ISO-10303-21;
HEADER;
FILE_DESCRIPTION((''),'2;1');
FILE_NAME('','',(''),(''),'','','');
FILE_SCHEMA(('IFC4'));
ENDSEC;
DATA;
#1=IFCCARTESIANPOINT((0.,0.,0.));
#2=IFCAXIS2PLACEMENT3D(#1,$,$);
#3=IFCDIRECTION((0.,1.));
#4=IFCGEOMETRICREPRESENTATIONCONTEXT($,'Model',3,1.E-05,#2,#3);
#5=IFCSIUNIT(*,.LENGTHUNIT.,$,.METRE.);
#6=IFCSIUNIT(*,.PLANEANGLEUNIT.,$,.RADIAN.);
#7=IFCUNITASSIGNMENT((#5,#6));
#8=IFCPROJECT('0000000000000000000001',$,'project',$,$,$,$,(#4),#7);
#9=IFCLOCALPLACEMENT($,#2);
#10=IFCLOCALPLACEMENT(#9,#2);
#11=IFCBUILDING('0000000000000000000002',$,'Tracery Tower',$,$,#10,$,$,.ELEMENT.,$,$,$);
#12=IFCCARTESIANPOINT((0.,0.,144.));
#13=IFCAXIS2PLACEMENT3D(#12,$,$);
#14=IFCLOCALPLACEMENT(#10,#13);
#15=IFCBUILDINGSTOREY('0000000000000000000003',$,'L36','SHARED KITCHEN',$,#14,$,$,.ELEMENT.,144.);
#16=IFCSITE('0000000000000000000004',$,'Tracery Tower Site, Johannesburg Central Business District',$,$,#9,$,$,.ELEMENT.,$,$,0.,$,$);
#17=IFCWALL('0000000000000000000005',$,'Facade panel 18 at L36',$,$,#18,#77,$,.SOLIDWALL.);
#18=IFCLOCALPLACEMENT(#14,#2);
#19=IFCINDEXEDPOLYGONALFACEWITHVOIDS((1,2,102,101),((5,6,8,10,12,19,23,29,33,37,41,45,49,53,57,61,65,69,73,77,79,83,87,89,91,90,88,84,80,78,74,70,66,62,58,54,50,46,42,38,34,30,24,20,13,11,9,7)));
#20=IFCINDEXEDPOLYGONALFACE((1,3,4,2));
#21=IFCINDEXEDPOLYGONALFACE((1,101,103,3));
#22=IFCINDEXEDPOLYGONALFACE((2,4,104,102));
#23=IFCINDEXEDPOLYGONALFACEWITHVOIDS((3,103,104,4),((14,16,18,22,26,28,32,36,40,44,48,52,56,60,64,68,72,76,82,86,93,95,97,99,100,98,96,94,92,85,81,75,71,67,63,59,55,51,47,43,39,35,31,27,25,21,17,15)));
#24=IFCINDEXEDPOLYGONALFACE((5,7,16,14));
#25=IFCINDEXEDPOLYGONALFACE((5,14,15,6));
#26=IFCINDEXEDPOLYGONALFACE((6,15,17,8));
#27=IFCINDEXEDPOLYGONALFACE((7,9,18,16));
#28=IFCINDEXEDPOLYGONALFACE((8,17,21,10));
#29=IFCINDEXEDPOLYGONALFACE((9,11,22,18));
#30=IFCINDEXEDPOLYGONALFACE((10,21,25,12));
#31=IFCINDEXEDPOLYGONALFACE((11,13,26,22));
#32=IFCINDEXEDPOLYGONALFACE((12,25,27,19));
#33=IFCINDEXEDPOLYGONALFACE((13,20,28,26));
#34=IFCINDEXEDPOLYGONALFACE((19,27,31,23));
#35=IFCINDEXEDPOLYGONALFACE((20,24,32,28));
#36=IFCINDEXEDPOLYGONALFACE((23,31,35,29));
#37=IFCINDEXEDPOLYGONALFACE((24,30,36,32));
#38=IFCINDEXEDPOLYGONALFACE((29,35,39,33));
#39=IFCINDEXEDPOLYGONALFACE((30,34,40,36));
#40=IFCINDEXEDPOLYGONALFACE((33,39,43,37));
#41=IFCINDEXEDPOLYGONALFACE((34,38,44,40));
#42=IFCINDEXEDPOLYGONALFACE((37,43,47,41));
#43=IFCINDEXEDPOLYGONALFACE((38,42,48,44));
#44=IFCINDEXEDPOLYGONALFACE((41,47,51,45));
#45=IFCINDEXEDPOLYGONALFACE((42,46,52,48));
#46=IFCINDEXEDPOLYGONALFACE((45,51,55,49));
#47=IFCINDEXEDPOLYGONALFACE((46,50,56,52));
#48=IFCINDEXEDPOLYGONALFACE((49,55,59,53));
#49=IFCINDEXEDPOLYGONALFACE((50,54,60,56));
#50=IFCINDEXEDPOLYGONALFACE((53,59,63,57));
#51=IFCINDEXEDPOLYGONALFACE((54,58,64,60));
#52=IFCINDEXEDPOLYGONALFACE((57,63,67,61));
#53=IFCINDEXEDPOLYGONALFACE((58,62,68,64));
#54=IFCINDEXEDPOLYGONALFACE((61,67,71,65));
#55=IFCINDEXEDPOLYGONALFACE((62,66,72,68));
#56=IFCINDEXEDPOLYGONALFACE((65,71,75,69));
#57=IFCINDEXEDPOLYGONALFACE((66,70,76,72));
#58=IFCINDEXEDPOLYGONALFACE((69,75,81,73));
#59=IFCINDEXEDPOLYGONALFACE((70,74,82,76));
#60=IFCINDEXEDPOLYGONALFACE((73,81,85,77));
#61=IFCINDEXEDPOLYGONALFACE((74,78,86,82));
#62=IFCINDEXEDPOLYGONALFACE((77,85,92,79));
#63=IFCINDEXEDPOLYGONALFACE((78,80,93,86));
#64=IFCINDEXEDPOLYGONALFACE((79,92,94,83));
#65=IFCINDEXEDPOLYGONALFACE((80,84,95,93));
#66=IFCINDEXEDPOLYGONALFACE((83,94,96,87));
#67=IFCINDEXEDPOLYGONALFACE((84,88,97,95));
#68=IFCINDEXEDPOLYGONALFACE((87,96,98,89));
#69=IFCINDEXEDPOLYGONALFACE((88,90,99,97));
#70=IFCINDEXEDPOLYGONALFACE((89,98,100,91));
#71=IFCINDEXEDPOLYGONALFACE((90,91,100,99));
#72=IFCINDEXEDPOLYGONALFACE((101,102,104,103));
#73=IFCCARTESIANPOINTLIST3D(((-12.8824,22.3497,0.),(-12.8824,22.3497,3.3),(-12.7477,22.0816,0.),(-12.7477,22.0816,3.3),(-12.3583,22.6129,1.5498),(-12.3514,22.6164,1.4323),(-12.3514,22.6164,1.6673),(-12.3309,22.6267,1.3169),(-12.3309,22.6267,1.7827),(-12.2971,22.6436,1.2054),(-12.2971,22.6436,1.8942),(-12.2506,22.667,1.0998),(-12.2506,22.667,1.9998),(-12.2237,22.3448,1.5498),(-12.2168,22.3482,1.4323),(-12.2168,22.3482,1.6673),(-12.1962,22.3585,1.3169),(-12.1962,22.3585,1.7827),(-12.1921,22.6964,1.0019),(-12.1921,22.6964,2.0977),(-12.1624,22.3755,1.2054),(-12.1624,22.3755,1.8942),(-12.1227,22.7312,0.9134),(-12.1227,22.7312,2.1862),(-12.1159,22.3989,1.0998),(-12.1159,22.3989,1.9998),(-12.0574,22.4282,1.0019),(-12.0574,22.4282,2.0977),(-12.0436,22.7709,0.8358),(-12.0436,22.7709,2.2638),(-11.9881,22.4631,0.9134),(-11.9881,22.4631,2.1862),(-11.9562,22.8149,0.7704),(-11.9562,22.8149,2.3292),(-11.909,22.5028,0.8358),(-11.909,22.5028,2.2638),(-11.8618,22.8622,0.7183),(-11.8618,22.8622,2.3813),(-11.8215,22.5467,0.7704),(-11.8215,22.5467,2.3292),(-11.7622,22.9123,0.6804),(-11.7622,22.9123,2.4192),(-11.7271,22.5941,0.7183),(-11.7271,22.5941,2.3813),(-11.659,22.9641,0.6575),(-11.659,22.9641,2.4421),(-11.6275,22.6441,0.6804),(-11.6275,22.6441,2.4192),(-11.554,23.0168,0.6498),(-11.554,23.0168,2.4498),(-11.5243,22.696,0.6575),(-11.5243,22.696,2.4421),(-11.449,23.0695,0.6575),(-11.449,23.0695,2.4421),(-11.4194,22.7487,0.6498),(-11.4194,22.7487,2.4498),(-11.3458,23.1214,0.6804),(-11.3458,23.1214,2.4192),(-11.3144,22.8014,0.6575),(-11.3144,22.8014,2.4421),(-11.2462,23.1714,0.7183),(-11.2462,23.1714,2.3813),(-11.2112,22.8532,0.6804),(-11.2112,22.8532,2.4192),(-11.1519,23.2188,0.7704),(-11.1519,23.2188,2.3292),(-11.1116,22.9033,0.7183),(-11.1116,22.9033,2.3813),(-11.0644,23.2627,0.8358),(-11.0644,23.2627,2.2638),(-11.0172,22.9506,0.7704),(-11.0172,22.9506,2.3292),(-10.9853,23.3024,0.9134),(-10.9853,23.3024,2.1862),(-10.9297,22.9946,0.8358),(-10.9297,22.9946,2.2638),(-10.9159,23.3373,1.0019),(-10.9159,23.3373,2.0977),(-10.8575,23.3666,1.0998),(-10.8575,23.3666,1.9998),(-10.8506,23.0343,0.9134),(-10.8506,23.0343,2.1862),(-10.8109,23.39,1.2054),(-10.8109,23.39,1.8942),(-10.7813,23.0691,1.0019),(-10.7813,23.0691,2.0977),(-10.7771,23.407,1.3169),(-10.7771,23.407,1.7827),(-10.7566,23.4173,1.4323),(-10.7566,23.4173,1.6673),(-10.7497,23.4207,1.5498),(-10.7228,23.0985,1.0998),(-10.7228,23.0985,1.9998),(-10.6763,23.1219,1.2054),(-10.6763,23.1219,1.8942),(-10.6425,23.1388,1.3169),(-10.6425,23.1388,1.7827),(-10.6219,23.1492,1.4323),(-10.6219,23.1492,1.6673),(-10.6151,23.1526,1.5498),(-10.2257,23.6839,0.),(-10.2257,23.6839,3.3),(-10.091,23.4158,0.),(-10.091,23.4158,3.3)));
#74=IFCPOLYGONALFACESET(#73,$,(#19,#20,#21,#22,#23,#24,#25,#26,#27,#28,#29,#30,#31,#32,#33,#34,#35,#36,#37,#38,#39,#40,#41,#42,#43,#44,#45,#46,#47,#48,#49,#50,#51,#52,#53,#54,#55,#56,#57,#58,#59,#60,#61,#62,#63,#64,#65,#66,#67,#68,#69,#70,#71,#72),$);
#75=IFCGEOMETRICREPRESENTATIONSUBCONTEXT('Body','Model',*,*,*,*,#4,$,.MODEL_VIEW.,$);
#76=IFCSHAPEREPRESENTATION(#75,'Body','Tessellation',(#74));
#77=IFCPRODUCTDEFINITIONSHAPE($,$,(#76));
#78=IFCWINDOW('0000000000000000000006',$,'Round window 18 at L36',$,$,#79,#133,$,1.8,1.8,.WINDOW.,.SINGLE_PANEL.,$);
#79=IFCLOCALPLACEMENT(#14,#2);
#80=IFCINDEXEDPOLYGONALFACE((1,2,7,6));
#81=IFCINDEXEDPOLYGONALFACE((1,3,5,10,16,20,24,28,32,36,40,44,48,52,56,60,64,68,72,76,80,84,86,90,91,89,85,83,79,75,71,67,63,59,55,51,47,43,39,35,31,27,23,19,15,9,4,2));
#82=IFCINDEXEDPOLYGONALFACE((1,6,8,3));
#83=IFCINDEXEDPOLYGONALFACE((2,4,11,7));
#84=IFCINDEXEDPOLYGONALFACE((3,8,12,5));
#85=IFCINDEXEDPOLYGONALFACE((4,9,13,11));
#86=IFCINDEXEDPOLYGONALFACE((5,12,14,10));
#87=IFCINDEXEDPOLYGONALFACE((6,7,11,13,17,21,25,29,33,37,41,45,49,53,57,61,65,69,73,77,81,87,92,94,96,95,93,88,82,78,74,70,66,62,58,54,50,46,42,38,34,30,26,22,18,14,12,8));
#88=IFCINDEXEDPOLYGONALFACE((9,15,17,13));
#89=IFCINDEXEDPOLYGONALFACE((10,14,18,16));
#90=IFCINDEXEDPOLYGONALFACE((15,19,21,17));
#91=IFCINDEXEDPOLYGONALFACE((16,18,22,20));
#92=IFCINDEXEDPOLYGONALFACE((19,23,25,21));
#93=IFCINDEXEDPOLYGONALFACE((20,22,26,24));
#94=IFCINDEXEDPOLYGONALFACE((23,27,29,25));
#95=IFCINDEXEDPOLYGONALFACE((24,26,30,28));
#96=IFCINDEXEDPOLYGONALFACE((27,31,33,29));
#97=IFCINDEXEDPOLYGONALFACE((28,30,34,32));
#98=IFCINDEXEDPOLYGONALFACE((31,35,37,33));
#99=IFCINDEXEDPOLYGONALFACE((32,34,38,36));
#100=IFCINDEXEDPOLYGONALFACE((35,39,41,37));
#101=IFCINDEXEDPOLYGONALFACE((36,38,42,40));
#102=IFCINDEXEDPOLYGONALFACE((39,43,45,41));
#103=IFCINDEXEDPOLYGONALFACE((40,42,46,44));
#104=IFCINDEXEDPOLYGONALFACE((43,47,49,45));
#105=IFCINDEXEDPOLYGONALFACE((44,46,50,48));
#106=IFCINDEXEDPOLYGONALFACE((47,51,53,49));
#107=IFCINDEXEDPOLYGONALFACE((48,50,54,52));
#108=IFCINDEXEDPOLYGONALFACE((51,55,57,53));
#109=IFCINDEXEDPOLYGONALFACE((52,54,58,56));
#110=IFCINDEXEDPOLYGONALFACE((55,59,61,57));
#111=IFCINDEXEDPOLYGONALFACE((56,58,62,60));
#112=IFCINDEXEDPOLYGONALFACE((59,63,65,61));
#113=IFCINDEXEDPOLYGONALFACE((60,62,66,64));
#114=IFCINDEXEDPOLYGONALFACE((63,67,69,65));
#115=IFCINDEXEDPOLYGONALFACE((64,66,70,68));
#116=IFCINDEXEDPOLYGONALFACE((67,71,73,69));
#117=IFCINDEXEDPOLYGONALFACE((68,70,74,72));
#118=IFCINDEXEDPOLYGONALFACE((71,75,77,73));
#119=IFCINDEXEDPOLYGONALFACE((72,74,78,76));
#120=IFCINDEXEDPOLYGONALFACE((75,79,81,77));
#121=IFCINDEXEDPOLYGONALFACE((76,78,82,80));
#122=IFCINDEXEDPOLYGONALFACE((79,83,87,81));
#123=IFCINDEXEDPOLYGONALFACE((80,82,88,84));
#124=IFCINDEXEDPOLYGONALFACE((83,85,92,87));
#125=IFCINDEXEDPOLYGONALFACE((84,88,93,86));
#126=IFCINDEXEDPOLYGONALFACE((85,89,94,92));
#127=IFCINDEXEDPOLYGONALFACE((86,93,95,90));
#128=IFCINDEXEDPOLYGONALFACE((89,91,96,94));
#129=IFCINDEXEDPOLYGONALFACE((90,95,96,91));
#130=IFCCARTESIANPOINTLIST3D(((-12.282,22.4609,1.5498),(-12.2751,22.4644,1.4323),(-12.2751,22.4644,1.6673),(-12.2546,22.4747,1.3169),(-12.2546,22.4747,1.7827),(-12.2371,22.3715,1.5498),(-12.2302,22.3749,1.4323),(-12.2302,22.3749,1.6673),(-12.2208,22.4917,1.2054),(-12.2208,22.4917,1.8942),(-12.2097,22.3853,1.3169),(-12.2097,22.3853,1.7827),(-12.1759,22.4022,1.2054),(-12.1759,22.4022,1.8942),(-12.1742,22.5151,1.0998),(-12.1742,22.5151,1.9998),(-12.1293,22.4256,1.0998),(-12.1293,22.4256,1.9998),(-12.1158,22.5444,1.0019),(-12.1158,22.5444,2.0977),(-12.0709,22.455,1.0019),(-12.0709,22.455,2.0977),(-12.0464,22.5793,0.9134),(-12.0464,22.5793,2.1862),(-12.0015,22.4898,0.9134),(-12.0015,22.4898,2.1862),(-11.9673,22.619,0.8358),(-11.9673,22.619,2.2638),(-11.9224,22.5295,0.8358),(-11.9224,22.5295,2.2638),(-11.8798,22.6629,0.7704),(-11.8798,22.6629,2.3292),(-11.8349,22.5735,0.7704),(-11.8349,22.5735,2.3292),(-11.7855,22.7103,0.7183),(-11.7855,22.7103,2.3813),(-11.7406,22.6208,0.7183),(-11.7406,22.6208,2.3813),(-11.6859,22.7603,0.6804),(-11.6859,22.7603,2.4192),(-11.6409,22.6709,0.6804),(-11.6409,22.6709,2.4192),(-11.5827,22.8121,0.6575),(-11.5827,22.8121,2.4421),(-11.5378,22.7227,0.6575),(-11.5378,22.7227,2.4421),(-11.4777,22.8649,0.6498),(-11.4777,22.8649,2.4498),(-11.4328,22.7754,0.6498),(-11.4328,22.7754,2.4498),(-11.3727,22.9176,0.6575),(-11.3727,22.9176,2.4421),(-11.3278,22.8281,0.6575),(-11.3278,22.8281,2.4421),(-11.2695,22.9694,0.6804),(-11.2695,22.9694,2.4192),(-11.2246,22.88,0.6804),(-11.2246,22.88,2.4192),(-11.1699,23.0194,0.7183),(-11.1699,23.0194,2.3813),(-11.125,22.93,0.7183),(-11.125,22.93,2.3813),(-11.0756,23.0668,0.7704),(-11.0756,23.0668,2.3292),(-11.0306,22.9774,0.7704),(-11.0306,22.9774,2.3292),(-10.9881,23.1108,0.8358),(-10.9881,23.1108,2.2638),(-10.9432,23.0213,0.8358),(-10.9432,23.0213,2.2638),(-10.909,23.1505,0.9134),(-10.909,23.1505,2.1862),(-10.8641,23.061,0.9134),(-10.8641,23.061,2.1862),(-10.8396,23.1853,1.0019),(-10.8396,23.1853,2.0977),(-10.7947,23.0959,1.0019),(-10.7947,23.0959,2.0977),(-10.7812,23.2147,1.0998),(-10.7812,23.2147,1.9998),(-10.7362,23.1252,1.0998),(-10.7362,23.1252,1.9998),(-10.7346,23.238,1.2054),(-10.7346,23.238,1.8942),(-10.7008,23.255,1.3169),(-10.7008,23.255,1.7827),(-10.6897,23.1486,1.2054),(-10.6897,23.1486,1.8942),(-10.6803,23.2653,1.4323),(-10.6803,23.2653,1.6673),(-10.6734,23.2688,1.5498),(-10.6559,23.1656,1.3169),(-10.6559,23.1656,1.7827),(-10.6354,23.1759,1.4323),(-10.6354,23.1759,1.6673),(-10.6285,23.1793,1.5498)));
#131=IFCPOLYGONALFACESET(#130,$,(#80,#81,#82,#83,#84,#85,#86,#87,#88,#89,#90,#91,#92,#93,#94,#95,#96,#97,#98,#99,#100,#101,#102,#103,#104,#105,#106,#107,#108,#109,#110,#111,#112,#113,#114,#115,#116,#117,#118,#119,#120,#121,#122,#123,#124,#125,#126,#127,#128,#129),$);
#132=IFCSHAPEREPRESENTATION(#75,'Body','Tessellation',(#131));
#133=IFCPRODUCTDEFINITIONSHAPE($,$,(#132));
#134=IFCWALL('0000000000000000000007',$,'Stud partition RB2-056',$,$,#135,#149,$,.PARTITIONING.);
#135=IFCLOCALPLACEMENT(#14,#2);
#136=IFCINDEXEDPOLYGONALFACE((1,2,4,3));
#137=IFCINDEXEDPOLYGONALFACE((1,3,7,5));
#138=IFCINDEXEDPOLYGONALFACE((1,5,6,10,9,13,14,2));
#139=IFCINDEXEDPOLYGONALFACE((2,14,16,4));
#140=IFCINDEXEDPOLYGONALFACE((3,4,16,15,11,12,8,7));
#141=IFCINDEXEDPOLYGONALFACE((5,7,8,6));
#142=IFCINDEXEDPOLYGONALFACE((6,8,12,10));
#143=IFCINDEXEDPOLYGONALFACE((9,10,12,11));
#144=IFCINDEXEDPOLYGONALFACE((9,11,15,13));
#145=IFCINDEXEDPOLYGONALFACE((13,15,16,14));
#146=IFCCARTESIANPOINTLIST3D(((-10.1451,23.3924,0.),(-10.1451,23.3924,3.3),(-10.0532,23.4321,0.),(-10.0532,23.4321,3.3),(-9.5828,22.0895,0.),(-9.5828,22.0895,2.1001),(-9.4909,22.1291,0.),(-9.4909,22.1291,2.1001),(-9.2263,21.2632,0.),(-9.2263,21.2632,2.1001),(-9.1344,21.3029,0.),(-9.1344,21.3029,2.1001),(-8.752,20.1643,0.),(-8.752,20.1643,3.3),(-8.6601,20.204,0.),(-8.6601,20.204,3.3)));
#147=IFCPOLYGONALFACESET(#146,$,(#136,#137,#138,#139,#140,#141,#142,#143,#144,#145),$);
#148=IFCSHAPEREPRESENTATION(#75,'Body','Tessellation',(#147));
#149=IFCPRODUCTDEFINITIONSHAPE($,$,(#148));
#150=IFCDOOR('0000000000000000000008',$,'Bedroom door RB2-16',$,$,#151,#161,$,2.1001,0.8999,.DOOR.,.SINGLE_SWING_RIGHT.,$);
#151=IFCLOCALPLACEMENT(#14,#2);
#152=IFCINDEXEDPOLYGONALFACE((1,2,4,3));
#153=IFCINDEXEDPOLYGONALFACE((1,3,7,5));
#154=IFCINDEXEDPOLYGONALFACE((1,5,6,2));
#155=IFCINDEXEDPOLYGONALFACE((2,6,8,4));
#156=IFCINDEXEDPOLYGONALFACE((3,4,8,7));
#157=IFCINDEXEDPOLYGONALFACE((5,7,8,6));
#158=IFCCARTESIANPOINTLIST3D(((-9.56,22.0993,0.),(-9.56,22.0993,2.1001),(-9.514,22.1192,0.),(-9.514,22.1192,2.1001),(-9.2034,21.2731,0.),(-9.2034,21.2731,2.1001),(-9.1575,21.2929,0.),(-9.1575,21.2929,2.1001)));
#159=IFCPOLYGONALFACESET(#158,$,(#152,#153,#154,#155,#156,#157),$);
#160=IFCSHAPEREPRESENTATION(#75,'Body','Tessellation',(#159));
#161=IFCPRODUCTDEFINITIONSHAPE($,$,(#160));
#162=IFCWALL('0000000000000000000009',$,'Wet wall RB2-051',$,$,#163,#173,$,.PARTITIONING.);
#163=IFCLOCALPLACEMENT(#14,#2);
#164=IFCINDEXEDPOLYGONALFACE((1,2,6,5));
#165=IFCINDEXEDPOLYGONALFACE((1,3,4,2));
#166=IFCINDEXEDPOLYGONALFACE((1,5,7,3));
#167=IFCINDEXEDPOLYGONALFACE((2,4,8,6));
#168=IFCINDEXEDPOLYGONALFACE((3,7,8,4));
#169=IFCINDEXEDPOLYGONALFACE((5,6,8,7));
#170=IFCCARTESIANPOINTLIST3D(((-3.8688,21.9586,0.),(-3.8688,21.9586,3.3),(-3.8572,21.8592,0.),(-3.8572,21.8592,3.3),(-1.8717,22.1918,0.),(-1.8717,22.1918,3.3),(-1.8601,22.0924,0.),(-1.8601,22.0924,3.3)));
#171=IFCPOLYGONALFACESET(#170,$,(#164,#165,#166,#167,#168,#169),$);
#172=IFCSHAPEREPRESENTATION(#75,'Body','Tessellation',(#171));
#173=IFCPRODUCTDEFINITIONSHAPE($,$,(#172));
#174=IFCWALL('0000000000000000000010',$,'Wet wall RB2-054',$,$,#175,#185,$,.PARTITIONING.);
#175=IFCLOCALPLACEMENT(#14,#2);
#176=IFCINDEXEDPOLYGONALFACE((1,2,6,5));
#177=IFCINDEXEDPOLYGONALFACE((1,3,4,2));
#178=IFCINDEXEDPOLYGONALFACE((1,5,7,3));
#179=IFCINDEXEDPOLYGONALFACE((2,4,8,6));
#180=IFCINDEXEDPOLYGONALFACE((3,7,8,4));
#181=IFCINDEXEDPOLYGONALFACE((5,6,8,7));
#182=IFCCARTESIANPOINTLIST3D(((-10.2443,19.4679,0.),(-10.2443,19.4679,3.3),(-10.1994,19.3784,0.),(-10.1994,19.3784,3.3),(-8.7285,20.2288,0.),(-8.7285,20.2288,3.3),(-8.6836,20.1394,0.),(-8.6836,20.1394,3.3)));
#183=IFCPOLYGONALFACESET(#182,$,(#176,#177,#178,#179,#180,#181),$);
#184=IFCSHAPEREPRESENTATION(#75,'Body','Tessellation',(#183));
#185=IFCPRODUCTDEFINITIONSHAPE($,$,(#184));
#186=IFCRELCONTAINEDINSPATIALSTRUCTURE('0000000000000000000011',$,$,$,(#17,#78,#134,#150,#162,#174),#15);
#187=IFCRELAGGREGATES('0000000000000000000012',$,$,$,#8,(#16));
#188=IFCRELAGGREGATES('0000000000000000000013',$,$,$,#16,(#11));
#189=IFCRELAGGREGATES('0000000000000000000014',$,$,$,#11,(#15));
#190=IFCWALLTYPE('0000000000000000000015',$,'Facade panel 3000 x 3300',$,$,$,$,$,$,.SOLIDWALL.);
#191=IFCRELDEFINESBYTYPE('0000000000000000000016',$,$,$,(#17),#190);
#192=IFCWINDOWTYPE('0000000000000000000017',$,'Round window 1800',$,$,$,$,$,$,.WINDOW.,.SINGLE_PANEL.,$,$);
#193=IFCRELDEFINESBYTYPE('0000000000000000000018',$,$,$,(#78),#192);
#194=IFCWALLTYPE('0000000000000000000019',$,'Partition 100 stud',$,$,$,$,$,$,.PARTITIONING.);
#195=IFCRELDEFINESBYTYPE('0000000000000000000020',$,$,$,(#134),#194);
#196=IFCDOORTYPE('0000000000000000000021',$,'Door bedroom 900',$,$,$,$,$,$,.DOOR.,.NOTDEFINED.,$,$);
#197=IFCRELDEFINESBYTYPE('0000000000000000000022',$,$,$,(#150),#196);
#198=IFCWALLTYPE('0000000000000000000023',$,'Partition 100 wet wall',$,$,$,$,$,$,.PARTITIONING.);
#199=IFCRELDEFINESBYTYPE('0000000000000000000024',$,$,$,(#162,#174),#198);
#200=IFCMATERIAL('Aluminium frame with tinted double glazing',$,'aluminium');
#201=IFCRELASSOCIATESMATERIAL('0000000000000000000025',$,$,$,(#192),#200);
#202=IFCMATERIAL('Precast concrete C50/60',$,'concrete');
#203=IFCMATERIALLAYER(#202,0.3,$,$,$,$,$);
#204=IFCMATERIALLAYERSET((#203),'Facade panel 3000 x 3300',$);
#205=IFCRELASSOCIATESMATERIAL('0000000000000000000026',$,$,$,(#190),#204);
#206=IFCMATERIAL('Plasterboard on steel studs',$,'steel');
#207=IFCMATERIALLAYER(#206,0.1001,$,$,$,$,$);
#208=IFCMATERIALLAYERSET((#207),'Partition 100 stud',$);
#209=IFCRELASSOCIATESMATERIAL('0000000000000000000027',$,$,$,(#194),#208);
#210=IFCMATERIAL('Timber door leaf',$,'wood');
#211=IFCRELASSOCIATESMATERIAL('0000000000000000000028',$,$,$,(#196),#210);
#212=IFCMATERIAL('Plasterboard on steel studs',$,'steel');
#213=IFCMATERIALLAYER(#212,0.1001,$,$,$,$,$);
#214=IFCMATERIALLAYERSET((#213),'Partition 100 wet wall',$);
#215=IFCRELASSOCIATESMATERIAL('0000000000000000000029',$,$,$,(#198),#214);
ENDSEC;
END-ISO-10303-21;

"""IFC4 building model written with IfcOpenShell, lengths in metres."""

from ifc_helpers import new_model, si_unit, direction, frame, frame_2d, origin, origin_2d, place, context, subcontext, project, spatial, rectangle, circle, extrude, material, layer, layer_set, type_object, element, fill, save


model = new_model("IFC4")

# Units and contexts
model_context = context("Model", 3, precision=1e-05, world=origin(), true_north=direction((0.0, 1.0)))
body_context = subcontext(model_context, "Body", "Model", "MODEL_VIEW")
ifc_project = project(units=[si_unit("LENGTHUNIT", "METRE"), si_unit("PLANEANGLEUNIT", "RADIAN")], contexts=[model_context])

# Site, building, storey
site_placement = place(None, origin())
site = spatial("IfcSite", under=ifc_project, at=site_placement, Name="Tracery Tower Site, Johannesburg Central Business District", CompositionType="ELEMENT", RefElevation=0.0)
building_placement = place(site_placement, origin())
building = spatial("IfcBuilding", under=site, at=building_placement, Name="Tracery Tower", CompositionType="ELEMENT")
storey_placement = place(building_placement, frame((0.0, 0.0, 144.0)))
storey = spatial("IfcBuildingStorey", under=building, at=storey_placement, Name="L36", Description="SHARED KITCHEN", CompositionType="ELEMENT", Elevation=144.0)

# Wall, opening, window
ifc_material_1 = material(Name="Aluminium frame with tinted double glazing", Category="aluminium")
window_type = type_object("IfcWindowType", Name="Round window 1800", PartitioningType="SINGLE_PANEL", PredefinedType="WINDOW", material=ifc_material_1)
ifc_material_2 = material(Name="Precast concrete C50/60", Category="concrete")
ifc_layer_1 = layer(ifc_material_2, 0.3)
ifc_layer_set_1 = layer_set([ifc_layer_1], Name="Facade panel 3000 x 3300")
wall_type_1 = type_object("IfcWallType", Name="Facade panel 3000 x 3300", PredefinedType="SOLIDWALL", material=ifc_layer_set_1)
wall_1_placement = place(storey_placement, frame((-10.1584, 23.5498, 0.0), z_axis=(0.0, 0.0, 1.0), x_axis=(-0.893637, -0.44879, 0.0)))
wall_1 = element("IfcWall", 1, at=wall_1_placement, inside=storey, type_object=wall_type_1, Name="Facade panel 18 at L36", PredefinedType="SOLIDWALL", context=body_context, shape_type="SweptSolid", body=[
    extrude(rectangle(XDim=2.9729, YDim=0.3, at=frame_2d((1.4863, 0.0))), origin(), (0.0, 0.0, 1.0), 3.3),
])
opening_1_placement = place(wall_1_placement, frame((1.4863, 0.0, 1.5498)))
opening_1 = element("IfcOpeningElement", 2, at=opening_1_placement, cuts=wall_1, PredefinedType="OPENING", context=body_context, shape_type="SweptSolid", body=[
    extrude(circle(Radius=0.9, at=origin_2d()), frame((0.0, 0.1599, 0.0), z_axis=(0.0, -1.0, 0.0), x_axis=(1.0, 0.0, 0.0)), (0.0, 0.0, 1.0), 0.3201),
])
window_1_placement = place(opening_1_placement, origin())
window_1 = element("IfcWindow", 3, at=window_1_placement, inside=storey, type_object=window_type, Name="Round window 18 at L36", OverallHeight=1.8, OverallWidth=1.8, PartitioningType="SINGLE_PANEL", PredefinedType="WINDOW", context=body_context, shape_type="SweptSolid", body=[
    extrude(circle(Radius=0.9, at=origin_2d()), frame((0.0, 0.1201, 0.0), z_axis=(0.0, -1.0, 0.0), x_axis=(1.0, 0.0, 0.0)), (0.0, 0.0, 1.0), 0.1001),
])
fill(opening_1, window_1)

# Wall, opening, door
ifc_material_3 = material(Name="Plasterboard on steel studs", Category="steel")
ifc_layer_2 = layer(ifc_material_3, 0.1001)
ifc_layer_set_2 = layer_set([ifc_layer_2], Name="Partition 100 stud")
wall_type_2 = type_object("IfcWallType", Name="Partition 100 stud", PredefinedType="PARTITIONING", material=ifc_layer_set_2)
wall_2_placement = place(storey_placement, frame((-10.0991, 23.4121, 0.0), z_axis=(0.0, 0.0, 1.0), x_axis=(0.396231, -0.918151, 0.0)))
wall_2 = element("IfcWall", 4, at=wall_2_placement, inside=storey, type_object=wall_type_2, Name="Stud partition RB2-056", PredefinedType="PARTITIONING", context=body_context, shape_type="SweptSolid", body=[
    extrude(rectangle(XDim=3.5159, YDim=0.1001, at=frame_2d((1.7578, 0.0))), origin(), (0.0, 0.0, 1.0), 3.3),
])
opening_2_placement = place(wall_2_placement, frame((1.4189, 0.0, 0.0)))
opening_2 = element("IfcOpeningElement", 5, at=opening_2_placement, cuts=wall_2, PredefinedType="OPENING", context=body_context, shape_type="SweptSolid", body=[
    extrude(rectangle(XDim=0.8999, YDim=2.1001, at=frame_2d((0.45, 1.05))), frame((0.0, 0.05, 0.0), z_axis=(0.0, -1.0, 0.0), x_axis=(1.0, 0.0, 0.0)), (0.0, 0.0, 1.0), 0.1001),
])
ifc_material_4 = material(Name="Timber door leaf", Category="wood")
door_type_1 = type_object("IfcDoorType", Name="Door bedroom 900", OperationType="NOTDEFINED", PredefinedType="DOOR", material=ifc_material_4)
door_1_placement = place(opening_2_placement, origin())
door_1 = element("IfcDoor", 6, at=door_1_placement, inside=storey, type_object=door_type_1, Name="Bedroom door RB2-16", OperationType="SINGLE_SWING_RIGHT", OverallHeight=2.1001, OverallWidth=0.8999, PredefinedType="DOOR", context=body_context, shape_type="SweptSolid", body=[
    extrude(rectangle(XDim=0.8999, YDim=2.1001, at=frame_2d((0.45, 1.05))), frame((0.0, 0.0249, 0.0), z_axis=(0.0, -1.0, 0.0), x_axis=(1.0, 0.0, 0.0)), (0.0, 0.0, 1.0), 0.05),
])
fill(opening_2, door_1)

# Walls
ifc_material_5 = material(Name="Plasterboard on steel studs", Category="steel")
ifc_layer_3 = layer(ifc_material_5, 0.1001)
ifc_layer_set_3 = layer_set([ifc_layer_3], Name="Partition 100 wet wall")
wall_type_3 = type_object("IfcWallType", Name="Partition 100 wet wall", PredefinedType="PARTITIONING", material=ifc_layer_set_3)
wall_3_placement = place(storey_placement, frame((-3.863, 21.9089, 0.0), z_axis=(0.0, 0.0, 1.0), x_axis=(0.993254, 0.115961, 0.0)))
element("IfcWall", 7, at=wall_3_placement, inside=storey, type_object=wall_type_3, Name="Wet wall RB2-051", PredefinedType="PARTITIONING", context=body_context, shape_type="SweptSolid", body=[
    extrude(rectangle(XDim=2.0107, YDim=0.1001, at=frame_2d((1.0054, 0.0))), origin(), (0.0, 0.0, 1.0), 3.3),
])
wall_4_placement = place(storey_placement, frame((-10.2219, 19.4231, 0.0), z_axis=(0.0, 0.0, 1.0), x_axis=(0.893706, 0.448652, 0.0)))
element("IfcWall", 8, at=wall_4_placement, inside=storey, type_object=wall_type_3, Name="Wet wall RB2-054", PredefinedType="PARTITIONING", context=body_context, shape_type="SweptSolid", body=[
    extrude(rectangle(XDim=1.696, YDim=0.1001, at=frame_2d((0.8481, 0.0))), origin(), (0.0, 0.0, 1.0), 3.3),
])

save(model, "model.ifc")
